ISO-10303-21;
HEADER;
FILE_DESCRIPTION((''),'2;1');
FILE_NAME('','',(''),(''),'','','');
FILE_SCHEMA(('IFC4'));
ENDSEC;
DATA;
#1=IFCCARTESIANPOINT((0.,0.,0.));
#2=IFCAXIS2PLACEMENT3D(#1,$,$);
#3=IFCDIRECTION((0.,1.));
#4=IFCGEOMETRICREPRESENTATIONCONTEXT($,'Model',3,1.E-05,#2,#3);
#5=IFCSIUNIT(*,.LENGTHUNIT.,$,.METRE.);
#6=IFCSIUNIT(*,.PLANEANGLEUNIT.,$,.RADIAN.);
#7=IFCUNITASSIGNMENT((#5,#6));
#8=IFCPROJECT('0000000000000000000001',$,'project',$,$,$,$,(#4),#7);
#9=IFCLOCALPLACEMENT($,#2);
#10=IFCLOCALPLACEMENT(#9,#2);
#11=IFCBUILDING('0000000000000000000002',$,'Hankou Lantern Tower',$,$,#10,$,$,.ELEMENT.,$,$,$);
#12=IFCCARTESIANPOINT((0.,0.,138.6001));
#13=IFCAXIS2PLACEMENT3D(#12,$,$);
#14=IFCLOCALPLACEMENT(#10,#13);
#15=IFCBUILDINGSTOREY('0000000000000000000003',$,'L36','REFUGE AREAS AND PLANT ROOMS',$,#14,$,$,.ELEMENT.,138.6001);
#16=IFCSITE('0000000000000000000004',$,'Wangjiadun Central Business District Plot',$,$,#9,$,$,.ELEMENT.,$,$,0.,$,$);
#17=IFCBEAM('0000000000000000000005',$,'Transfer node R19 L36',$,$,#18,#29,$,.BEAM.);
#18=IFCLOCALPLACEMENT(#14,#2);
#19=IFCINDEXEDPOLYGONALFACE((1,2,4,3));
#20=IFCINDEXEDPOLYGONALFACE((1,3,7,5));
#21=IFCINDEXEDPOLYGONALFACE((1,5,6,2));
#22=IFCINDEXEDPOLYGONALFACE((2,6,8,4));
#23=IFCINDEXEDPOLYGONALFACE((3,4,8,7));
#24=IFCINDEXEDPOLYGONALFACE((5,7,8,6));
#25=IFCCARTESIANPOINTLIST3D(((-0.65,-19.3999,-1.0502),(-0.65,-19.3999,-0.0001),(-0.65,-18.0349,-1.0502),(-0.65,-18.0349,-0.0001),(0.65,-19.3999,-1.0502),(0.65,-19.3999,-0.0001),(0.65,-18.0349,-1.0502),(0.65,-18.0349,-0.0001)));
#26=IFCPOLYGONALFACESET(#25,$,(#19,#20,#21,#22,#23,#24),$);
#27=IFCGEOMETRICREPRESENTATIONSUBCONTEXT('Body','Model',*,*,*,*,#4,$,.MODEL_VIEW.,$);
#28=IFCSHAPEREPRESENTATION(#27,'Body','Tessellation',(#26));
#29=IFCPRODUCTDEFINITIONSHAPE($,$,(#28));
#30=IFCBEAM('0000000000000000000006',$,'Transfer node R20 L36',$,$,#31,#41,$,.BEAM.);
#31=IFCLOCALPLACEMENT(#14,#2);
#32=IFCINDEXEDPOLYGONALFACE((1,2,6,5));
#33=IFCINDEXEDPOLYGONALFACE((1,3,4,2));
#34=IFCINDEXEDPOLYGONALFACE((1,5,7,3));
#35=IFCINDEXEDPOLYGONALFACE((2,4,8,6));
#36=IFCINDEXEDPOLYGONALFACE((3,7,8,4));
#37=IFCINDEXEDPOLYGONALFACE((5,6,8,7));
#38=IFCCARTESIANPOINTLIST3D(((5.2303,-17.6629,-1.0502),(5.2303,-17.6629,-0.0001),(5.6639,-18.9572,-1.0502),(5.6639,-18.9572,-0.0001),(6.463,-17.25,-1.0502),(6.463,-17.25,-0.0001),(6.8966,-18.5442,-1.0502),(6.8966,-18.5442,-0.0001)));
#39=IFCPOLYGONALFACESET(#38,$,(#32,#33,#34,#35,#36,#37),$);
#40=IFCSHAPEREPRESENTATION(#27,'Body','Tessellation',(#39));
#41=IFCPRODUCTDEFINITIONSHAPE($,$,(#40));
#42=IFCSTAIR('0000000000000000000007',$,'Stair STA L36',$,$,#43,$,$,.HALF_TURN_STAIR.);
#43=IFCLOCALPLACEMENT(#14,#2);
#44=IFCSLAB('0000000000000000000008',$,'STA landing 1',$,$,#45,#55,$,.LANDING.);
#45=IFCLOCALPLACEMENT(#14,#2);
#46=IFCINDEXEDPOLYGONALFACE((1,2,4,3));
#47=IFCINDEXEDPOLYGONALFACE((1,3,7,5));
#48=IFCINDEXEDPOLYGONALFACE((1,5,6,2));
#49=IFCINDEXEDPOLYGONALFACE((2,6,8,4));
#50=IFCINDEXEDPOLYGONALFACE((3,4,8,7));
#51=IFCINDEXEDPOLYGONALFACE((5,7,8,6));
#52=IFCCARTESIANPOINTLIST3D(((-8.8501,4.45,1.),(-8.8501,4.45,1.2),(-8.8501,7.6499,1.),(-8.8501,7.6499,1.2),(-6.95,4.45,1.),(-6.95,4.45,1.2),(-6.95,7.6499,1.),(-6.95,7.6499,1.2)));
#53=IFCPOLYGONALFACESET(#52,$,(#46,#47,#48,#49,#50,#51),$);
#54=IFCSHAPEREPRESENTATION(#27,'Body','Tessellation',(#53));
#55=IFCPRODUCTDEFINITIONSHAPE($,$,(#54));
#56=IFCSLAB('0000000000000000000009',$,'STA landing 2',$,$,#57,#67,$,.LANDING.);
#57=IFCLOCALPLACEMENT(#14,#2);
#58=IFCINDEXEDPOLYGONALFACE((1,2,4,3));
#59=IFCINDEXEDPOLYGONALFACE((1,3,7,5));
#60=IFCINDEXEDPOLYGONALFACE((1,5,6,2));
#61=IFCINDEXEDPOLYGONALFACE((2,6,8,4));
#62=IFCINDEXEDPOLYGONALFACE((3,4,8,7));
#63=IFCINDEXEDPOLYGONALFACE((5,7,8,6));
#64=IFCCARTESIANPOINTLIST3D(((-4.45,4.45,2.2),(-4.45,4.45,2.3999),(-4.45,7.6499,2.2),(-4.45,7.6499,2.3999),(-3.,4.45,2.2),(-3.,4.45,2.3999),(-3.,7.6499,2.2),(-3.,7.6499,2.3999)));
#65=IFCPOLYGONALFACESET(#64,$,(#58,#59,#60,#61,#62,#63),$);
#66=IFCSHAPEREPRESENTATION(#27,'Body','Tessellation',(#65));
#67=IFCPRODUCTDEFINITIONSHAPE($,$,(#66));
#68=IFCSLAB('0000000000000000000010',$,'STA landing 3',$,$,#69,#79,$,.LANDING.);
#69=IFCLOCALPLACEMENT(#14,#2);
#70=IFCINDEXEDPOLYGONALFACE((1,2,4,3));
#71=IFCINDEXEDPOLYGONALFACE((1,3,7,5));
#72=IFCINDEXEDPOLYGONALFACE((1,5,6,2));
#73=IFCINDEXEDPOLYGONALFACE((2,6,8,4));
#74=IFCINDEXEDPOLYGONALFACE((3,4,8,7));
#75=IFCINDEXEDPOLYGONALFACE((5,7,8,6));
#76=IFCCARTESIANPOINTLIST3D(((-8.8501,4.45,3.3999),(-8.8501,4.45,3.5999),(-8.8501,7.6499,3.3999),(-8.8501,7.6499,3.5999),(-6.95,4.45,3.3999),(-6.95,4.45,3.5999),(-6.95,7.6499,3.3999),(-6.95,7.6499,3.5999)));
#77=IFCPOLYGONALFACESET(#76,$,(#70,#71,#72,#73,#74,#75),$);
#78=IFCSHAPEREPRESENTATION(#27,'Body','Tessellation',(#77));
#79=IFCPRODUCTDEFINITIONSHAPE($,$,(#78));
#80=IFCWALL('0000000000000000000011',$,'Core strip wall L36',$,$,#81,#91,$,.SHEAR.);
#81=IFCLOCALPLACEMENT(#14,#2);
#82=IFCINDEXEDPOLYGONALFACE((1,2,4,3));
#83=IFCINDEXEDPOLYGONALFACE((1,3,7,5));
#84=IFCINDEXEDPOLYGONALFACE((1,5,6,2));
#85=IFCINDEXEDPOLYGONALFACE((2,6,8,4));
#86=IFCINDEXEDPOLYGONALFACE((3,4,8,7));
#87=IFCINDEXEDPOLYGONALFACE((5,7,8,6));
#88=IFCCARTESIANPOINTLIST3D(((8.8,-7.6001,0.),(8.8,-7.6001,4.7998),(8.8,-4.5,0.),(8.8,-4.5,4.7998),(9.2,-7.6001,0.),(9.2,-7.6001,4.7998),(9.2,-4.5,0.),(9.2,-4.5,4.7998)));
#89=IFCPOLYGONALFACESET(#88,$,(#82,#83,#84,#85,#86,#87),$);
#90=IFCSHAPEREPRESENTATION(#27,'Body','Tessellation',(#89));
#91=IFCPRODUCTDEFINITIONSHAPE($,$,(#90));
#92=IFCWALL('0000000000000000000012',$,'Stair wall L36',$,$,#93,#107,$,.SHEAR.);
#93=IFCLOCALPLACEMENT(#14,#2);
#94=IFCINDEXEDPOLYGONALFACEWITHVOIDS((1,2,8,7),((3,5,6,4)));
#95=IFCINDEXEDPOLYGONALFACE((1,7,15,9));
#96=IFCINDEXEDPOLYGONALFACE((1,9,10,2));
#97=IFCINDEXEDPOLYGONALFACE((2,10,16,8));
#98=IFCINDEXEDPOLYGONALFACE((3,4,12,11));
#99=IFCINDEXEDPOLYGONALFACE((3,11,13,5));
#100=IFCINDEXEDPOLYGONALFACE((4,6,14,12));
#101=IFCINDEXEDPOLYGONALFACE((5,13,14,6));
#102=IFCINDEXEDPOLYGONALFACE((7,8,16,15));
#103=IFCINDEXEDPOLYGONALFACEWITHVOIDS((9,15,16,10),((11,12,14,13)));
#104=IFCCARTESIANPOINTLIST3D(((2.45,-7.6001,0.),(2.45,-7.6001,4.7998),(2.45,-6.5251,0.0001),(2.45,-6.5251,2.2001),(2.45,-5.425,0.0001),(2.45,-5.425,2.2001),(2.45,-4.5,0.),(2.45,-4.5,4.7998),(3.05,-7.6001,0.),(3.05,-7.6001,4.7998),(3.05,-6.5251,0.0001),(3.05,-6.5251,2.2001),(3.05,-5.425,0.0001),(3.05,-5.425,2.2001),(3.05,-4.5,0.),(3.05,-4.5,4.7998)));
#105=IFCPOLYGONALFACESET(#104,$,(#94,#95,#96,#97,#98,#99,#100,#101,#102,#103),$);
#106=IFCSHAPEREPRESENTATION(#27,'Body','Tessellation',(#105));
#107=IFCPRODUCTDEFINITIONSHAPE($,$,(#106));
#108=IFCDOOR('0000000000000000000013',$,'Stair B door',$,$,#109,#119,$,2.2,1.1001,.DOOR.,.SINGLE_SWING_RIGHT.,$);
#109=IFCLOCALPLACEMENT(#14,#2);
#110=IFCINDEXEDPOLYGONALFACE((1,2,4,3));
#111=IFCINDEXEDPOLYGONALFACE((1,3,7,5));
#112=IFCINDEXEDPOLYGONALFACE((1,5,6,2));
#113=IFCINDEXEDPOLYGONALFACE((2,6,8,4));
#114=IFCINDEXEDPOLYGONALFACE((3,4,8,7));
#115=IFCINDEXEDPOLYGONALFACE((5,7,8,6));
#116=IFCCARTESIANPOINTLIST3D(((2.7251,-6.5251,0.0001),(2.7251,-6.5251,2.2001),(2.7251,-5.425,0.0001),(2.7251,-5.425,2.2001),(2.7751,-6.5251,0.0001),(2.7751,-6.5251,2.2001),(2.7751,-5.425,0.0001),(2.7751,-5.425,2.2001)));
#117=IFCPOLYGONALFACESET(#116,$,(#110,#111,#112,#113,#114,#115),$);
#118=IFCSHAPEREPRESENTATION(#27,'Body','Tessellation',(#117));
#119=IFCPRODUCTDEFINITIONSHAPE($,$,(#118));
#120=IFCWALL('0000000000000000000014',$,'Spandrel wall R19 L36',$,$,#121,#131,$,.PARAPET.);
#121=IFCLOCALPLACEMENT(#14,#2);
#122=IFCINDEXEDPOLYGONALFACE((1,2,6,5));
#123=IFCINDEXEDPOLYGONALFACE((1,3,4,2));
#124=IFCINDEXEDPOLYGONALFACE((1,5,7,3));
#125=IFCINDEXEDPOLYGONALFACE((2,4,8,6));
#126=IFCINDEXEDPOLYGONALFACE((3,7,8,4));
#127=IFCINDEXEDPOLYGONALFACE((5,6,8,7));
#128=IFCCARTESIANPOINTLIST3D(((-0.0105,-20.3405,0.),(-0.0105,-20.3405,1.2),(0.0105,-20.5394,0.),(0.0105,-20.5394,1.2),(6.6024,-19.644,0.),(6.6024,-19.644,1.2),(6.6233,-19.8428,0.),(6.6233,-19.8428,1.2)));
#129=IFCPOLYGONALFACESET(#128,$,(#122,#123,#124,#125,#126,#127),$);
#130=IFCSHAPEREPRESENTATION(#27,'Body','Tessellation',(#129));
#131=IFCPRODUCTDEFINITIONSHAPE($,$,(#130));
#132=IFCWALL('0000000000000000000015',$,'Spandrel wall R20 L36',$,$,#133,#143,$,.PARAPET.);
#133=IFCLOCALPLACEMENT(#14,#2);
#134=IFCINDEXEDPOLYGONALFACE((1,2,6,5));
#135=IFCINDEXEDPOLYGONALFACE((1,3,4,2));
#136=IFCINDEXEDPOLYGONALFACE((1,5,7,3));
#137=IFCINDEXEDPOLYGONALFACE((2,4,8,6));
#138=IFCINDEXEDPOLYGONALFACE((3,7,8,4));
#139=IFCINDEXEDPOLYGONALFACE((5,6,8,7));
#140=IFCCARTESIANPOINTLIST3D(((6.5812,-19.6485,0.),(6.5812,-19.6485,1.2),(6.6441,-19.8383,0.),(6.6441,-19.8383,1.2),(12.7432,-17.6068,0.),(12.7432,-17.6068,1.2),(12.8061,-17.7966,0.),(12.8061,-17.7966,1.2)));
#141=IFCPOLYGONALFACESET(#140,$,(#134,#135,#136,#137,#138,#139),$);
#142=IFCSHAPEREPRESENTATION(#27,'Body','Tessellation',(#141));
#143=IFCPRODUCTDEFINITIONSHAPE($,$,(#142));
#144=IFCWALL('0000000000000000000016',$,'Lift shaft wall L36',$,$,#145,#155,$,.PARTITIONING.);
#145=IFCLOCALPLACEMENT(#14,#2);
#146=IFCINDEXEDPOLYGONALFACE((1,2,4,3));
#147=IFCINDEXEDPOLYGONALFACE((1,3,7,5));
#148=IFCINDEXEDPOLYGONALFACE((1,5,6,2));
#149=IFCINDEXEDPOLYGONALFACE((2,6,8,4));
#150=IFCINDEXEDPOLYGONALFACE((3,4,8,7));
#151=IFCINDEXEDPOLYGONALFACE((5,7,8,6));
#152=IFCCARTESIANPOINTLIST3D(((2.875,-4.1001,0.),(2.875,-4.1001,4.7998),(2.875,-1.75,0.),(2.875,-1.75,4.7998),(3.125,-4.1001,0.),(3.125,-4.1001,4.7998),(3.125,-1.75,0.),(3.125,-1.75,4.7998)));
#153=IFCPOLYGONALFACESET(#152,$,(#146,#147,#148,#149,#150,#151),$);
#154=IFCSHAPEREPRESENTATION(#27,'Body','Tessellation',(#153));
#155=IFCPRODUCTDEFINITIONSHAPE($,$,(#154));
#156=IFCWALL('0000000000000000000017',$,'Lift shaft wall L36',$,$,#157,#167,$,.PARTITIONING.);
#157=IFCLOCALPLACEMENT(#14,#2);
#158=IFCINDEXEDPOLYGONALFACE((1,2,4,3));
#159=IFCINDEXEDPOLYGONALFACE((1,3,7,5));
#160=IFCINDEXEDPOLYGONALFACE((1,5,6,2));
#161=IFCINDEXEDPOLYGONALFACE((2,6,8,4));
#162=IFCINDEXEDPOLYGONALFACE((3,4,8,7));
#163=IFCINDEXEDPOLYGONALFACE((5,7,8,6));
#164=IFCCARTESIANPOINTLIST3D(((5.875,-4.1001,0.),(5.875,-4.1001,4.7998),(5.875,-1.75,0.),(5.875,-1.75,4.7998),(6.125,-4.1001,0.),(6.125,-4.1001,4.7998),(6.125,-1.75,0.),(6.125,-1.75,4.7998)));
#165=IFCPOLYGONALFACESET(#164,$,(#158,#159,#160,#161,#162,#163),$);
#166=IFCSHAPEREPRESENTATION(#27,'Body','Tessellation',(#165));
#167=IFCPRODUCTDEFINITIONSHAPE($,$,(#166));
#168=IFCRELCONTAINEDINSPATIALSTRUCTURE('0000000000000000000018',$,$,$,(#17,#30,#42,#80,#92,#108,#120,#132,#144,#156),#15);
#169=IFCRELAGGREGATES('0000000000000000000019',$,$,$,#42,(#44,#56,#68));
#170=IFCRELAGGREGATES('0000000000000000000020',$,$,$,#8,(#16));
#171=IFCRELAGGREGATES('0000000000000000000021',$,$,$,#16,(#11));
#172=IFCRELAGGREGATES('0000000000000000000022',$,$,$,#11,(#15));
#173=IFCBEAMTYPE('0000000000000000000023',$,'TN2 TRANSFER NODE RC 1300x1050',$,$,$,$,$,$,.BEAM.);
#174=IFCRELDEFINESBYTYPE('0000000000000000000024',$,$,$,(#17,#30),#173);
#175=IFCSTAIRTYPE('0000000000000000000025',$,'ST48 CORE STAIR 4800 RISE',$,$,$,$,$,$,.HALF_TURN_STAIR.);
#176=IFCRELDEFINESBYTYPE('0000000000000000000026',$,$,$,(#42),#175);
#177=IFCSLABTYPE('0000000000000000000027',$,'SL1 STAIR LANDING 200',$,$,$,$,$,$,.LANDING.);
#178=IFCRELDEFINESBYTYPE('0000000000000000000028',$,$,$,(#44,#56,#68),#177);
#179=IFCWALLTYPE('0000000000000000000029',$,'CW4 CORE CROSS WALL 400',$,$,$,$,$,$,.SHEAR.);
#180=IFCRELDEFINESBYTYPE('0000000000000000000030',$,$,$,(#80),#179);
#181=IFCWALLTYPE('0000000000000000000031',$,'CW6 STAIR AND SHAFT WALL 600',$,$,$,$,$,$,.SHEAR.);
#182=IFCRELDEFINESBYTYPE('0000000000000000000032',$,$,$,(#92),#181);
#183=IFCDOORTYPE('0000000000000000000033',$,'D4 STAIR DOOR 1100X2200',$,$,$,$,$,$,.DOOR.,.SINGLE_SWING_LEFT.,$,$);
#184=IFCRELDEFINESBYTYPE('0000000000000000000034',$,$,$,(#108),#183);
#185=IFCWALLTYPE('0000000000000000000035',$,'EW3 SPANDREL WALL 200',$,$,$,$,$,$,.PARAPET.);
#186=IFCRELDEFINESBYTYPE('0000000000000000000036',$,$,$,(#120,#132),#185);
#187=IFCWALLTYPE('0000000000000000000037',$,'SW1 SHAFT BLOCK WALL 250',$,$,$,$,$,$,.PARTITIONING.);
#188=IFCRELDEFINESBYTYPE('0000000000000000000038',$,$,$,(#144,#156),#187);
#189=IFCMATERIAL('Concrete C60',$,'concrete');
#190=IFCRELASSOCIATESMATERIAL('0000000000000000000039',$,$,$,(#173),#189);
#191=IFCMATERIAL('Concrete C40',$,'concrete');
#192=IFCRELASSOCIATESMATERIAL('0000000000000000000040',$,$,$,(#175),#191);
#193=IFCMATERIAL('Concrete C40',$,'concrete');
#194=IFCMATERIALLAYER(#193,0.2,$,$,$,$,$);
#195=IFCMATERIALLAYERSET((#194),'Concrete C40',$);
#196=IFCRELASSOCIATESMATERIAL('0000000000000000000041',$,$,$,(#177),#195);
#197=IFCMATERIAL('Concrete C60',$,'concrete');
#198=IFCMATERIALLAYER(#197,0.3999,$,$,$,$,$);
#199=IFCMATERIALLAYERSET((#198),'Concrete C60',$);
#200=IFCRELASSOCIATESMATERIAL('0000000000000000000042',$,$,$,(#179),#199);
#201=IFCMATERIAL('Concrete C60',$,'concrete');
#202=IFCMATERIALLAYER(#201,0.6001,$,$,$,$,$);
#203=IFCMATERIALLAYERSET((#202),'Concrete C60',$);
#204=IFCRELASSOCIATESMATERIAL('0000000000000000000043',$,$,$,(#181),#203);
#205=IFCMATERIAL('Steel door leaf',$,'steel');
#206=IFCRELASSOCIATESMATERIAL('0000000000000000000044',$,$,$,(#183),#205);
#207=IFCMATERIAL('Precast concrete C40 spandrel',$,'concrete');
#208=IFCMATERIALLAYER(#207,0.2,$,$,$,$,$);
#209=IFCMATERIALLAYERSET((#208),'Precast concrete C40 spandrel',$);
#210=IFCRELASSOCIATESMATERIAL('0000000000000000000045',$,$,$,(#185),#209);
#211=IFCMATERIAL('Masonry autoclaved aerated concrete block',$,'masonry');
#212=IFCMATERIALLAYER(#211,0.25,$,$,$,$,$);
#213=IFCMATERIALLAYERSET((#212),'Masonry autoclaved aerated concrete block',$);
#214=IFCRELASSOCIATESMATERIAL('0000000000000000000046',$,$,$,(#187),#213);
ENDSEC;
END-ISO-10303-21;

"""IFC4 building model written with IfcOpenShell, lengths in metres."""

from ifc_helpers import new_model, si_unit, direction, frame, frame_2d, origin, origin_2d, place, context, subcontext, project, spatial, polyline, rectangle, outline, extrude, material, layer, layer_set, material_profile, profile_set, type_object, element, fill, aggregate, save


model = new_model("IFC4")

# Units and contexts
model_context = context("Model", 3, precision=1e-05, world=origin(), true_north=direction((0.0, 1.0)))
body_context = subcontext(model_context, "Body", "Model", "MODEL_VIEW")
ifc_project = project(units=[si_unit("LENGTHUNIT", "METRE"), si_unit("PLANEANGLEUNIT", "RADIAN")], contexts=[model_context])

# Site, building, storey
site_placement = place(None, origin())
site = spatial("IfcSite", under=ifc_project, at=site_placement, Name="Wangjiadun Central Business District Plot", CompositionType="ELEMENT", RefElevation=0.0)
building_placement = place(site_placement, origin())
building = spatial("IfcBuilding", under=site, at=building_placement, Name="Hankou Lantern Tower", CompositionType="ELEMENT")
storey_placement = place(building_placement, frame((0.0, 0.0, 138.6001)))
storey = spatial("IfcBuildingStorey", under=building, at=storey_placement, Name="L36", Description="REFUGE AREAS AND PLANT ROOMS", CompositionType="ELEMENT", Elevation=138.6001)

# Beams
ifc_material_1 = material(Name="Concrete C60", Category="concrete")
ifc_material_profile_1 = material_profile(ifc_material_1, rectangle(XDim=1.3, YDim=1.05, at=origin_2d()), Name="RC 1300x1050")
ifc_profile_set_1 = profile_set([ifc_material_profile_1], Name="Concrete C60")
beam_type_1 = type_object("IfcBeamType", Name="TN2 TRANSFER NODE RC 1300x1050", PredefinedType="BEAM", material=ifc_profile_set_1)
for number, where, z_axis, x_axis, name in (
    (1, (0.0, -19.3999, -0.5251), (0.0, 1.0, 0.0), (-1.0, 0.0, 0.0), "Transfer node R19 L36"),
    (2, (6.2803, -18.7507, -0.5251), (-0.317676, 0.948199, 0.0), (-0.948199, -0.317676, 0.0), "Transfer node R20 L36"),
):
    element("IfcBeam", number, at=place(storey_placement, frame(where, z_axis=z_axis, x_axis=x_axis)), inside=storey, type_object=beam_type_1, Name=name, PredefinedType="BEAM", context=body_context, shape_type="SweptSolid", body=[
        extrude(rectangle(XDim=1.3, YDim=1.05, at=origin_2d()), origin(), (0.0, 0.0, 1.0), 1.365),
    ])

# Stair, slabs
ifc_material_2 = material(Name="Concrete C40", Category="concrete")
stair_type = type_object("IfcStairType", Name="ST48 CORE STAIR 4800 RISE", PredefinedType="HALF_TURN_STAIR", material=ifc_material_2)
stair_1_placement = place(storey_placement, origin())
stair_1 = element("IfcStair", 3, at=stair_1_placement, inside=storey, type_object=stair_type, Name="Stair STA L36", PredefinedType="HALF_TURN_STAIR")
ifc_material_3 = material(Name="Concrete C40", Category="concrete")
ifc_layer_1 = layer(ifc_material_3, 0.2)
ifc_layer_set_1 = layer_set([ifc_layer_1], Name="Concrete C40")
slab_type = type_object("IfcSlabType", Name="SL1 STAIR LANDING 200", PredefinedType="LANDING", material=ifc_layer_set_1)
slab_1_placement = place(storey_placement, frame((0.0, 0.0, 1.0)))
slab_1 = element("IfcSlab", 4, at=slab_1_placement, type_object=slab_type, Name="STA landing 1", PredefinedType="LANDING", context=body_context, shape_type="SweptSolid", body=[
    extrude(outline(polyline([(-8.8501, 4.45), (-6.95, 4.45), (-6.95, 7.6499), (-8.8501, 7.6499), (-8.8501, 4.45)])), origin(), (0.0, 0.0, 1.0), 0.2),
])
slab_2_placement = place(storey_placement, frame((0.0, 0.0, 2.2)))
slab_2 = element("IfcSlab", 5, at=slab_2_placement, type_object=slab_type, Name="STA landing 2", PredefinedType="LANDING", context=body_context, shape_type="SweptSolid", body=[
    extrude(outline(polyline([(-4.45, 4.45), (-3.0, 4.45), (-3.0, 7.6499), (-4.45, 7.6499), (-4.45, 4.45)])), origin(), (0.0, 0.0, 1.0), 0.2),
])
slab_3_placement = place(storey_placement, frame((0.0, 0.0, 3.3999)))
slab_3 = element("IfcSlab", 6, at=slab_3_placement, type_object=slab_type, Name="STA landing 3", PredefinedType="LANDING", context=body_context, shape_type="SweptSolid", body=[
    extrude(outline(polyline([(-8.8501, 4.45), (-6.95, 4.45), (-6.95, 7.6499), (-8.8501, 7.6499), (-8.8501, 4.45)])), origin(), (0.0, 0.0, 1.0), 0.2),
])
aggregate(stair_1, [slab_1, slab_2, slab_3])

# Wall
ifc_material_4 = material(Name="Concrete C60", Category="concrete")
ifc_layer_2 = layer(ifc_material_4, 0.3999)
ifc_layer_set_2 = layer_set([ifc_layer_2], Name="Concrete C60")
wall_type_1 = type_object("IfcWallType", Name="CW4 CORE CROSS WALL 400", PredefinedType="SHEAR", material=ifc_layer_set_2)
wall_1_placement = place(storey_placement, frame((9.0, -7.6001, 0.0), z_axis=(0.0, 0.0, 1.0), x_axis=(0.0, 1.0, 0.0)))
element("IfcWall", 7, at=wall_1_placement, inside=storey, type_object=wall_type_1, Name="Core strip wall L36", PredefinedType="SHEAR", context=body_context, shape_type="SweptSolid", body=[
    extrude(rectangle(XDim=3.1001, YDim=0.3999, at=frame_2d((1.55, 0.0))), origin(), (0.0, 0.0, 1.0), 4.7998),
])

# Wall, opening, door
ifc_material_5 = material(Name="Concrete C60", Category="concrete")
ifc_layer_3 = layer(ifc_material_5, 0.6001)
ifc_layer_set_3 = layer_set([ifc_layer_3], Name="Concrete C60")
wall_type_2 = type_object("IfcWallType", Name="CW6 STAIR AND SHAFT WALL 600", PredefinedType="SHEAR", material=ifc_layer_set_3)
wall_2_placement = place(storey_placement, frame((2.75, -7.6001, 0.0), z_axis=(0.0, 0.0, 1.0), x_axis=(0.0, 1.0, 0.0)))
wall_2 = element("IfcWall", 8, at=wall_2_placement, inside=storey, type_object=wall_type_2, Name="Stair wall L36", PredefinedType="SHEAR", context=body_context, shape_type="SweptSolid", body=[
    extrude(rectangle(XDim=3.1001, YDim=0.6001, at=frame_2d((1.55, 0.0))), origin(), (0.0, 0.0, 1.0), 4.7998),
])
opening_placement = place(wall_2_placement, frame((1.075, 0.0, 0.0)))
opening = element("IfcOpeningElement", 9, at=opening_placement, cuts=wall_2, PredefinedType="OPENING", context=body_context, shape_type="SweptSolid", body=[
    extrude(rectangle(XDim=1.1001, YDim=2.2, at=frame_2d((0.55, 1.1001))), frame((0.0, 0.3101, 0.0), z_axis=(0.0, -1.0, 0.0), x_axis=(1.0, 0.0, 0.0)), (0.0, 0.0, 1.0), 0.6201),
])
ifc_material_6 = material(Name="Steel door leaf", Category="steel")
door_type = type_object("IfcDoorType", Name="D4 STAIR DOOR 1100X2200", OperationType="SINGLE_SWING_LEFT", PredefinedType="DOOR", material=ifc_material_6)
door_placement = place(opening_placement, origin())
door = element("IfcDoor", 10, at=door_placement, inside=storey, type_object=door_type, Name="Stair B door", OperationType="SINGLE_SWING_RIGHT", OverallHeight=2.2, OverallWidth=1.1001, PredefinedType="DOOR", context=body_context, shape_type="SweptSolid", body=[
    extrude(rectangle(XDim=1.1001, YDim=2.2, at=frame_2d((0.55, 1.1001))), frame((0.0, 0.0249, 0.0), z_axis=(0.0, -1.0, 0.0), x_axis=(1.0, 0.0, 0.0)), (0.0, 0.0, 1.0), 0.05),
])
fill(opening, door)

# Walls
ifc_material_7 = material(Name="Precast concrete C40 spandrel", Category="concrete")
ifc_layer_4 = layer(ifc_material_7, 0.2)
ifc_layer_set_4 = layer_set([ifc_layer_4], Name="Precast concrete C40 spandrel")
wall_type_3 = type_object("IfcWallType", Name="EW3 SPANDREL WALL 200", PredefinedType="PARAPET", material=ifc_layer_set_4)
wall_3_placement = place(storey_placement, frame((0.0, -20.4399, 0.0), z_axis=(0.0, 0.0, 1.0), x_axis=(0.994498, 0.104752, 0.0)))
element("IfcWall", 11, at=wall_3_placement, inside=storey, type_object=wall_type_3, Name="Spandrel wall R19 L36", PredefinedType="PARAPET", context=body_context, shape_type="SweptSolid", body=[
    extrude(rectangle(XDim=6.6494, YDim=0.2, at=frame_2d((3.3247, 0.0))), origin(), (0.0, 0.0, 1.0), 1.2),
])
wall_4_placement = place(storey_placement, frame((6.6128, -19.7434, 0.0), z_axis=(0.0, 0.0, 1.0), x_axis=(0.94925, 0.314524, 0.0)))
element("IfcWall", 12, at=wall_4_placement, inside=storey, type_object=wall_type_3, Name="Spandrel wall R20 L36", PredefinedType="PARAPET", context=body_context, shape_type="SweptSolid", body=[
    extrude(rectangle(XDim=6.4915, YDim=0.2, at=frame_2d((3.2456, 0.0))), origin(), (0.0, 0.0, 1.0), 1.2),
])
ifc_material_8 = material(Name="Masonry autoclaved aerated concrete block", Category="masonry")
ifc_layer_5 = layer(ifc_material_8, 0.25)
ifc_layer_set_5 = layer_set([ifc_layer_5], Name="Masonry autoclaved aerated concrete block")
wall_type_4 = type_object("IfcWallType", Name="SW1 SHAFT BLOCK WALL 250", PredefinedType="PARTITIONING", material=ifc_layer_set_5)
for number, where, z_axis, x_axis, name in (
    (13, (3.0, -4.1001, 0.0), (0.0, 0.0, 1.0), (0.0, 1.0, 0.0), "Lift shaft wall L36"),
    (14, (6.0, -4.1001, 0.0), (0.0, 0.0, 1.0), (0.0, 1.0, 0.0), "Lift shaft wall L36"),
):
    element("IfcWall", number, at=place(storey_placement, frame(where, z_axis=z_axis, x_axis=x_axis)), inside=storey, type_object=wall_type_4, Name=name, PredefinedType="PARTITIONING", context=body_context, shape_type="SweptSolid", body=[
        extrude(rectangle(XDim=2.3501, YDim=0.25, at=frame_2d((1.175, 0.0))), origin(), (0.0, 0.0, 1.0), 4.7998),
    ])

save(model, "model.ifc")
